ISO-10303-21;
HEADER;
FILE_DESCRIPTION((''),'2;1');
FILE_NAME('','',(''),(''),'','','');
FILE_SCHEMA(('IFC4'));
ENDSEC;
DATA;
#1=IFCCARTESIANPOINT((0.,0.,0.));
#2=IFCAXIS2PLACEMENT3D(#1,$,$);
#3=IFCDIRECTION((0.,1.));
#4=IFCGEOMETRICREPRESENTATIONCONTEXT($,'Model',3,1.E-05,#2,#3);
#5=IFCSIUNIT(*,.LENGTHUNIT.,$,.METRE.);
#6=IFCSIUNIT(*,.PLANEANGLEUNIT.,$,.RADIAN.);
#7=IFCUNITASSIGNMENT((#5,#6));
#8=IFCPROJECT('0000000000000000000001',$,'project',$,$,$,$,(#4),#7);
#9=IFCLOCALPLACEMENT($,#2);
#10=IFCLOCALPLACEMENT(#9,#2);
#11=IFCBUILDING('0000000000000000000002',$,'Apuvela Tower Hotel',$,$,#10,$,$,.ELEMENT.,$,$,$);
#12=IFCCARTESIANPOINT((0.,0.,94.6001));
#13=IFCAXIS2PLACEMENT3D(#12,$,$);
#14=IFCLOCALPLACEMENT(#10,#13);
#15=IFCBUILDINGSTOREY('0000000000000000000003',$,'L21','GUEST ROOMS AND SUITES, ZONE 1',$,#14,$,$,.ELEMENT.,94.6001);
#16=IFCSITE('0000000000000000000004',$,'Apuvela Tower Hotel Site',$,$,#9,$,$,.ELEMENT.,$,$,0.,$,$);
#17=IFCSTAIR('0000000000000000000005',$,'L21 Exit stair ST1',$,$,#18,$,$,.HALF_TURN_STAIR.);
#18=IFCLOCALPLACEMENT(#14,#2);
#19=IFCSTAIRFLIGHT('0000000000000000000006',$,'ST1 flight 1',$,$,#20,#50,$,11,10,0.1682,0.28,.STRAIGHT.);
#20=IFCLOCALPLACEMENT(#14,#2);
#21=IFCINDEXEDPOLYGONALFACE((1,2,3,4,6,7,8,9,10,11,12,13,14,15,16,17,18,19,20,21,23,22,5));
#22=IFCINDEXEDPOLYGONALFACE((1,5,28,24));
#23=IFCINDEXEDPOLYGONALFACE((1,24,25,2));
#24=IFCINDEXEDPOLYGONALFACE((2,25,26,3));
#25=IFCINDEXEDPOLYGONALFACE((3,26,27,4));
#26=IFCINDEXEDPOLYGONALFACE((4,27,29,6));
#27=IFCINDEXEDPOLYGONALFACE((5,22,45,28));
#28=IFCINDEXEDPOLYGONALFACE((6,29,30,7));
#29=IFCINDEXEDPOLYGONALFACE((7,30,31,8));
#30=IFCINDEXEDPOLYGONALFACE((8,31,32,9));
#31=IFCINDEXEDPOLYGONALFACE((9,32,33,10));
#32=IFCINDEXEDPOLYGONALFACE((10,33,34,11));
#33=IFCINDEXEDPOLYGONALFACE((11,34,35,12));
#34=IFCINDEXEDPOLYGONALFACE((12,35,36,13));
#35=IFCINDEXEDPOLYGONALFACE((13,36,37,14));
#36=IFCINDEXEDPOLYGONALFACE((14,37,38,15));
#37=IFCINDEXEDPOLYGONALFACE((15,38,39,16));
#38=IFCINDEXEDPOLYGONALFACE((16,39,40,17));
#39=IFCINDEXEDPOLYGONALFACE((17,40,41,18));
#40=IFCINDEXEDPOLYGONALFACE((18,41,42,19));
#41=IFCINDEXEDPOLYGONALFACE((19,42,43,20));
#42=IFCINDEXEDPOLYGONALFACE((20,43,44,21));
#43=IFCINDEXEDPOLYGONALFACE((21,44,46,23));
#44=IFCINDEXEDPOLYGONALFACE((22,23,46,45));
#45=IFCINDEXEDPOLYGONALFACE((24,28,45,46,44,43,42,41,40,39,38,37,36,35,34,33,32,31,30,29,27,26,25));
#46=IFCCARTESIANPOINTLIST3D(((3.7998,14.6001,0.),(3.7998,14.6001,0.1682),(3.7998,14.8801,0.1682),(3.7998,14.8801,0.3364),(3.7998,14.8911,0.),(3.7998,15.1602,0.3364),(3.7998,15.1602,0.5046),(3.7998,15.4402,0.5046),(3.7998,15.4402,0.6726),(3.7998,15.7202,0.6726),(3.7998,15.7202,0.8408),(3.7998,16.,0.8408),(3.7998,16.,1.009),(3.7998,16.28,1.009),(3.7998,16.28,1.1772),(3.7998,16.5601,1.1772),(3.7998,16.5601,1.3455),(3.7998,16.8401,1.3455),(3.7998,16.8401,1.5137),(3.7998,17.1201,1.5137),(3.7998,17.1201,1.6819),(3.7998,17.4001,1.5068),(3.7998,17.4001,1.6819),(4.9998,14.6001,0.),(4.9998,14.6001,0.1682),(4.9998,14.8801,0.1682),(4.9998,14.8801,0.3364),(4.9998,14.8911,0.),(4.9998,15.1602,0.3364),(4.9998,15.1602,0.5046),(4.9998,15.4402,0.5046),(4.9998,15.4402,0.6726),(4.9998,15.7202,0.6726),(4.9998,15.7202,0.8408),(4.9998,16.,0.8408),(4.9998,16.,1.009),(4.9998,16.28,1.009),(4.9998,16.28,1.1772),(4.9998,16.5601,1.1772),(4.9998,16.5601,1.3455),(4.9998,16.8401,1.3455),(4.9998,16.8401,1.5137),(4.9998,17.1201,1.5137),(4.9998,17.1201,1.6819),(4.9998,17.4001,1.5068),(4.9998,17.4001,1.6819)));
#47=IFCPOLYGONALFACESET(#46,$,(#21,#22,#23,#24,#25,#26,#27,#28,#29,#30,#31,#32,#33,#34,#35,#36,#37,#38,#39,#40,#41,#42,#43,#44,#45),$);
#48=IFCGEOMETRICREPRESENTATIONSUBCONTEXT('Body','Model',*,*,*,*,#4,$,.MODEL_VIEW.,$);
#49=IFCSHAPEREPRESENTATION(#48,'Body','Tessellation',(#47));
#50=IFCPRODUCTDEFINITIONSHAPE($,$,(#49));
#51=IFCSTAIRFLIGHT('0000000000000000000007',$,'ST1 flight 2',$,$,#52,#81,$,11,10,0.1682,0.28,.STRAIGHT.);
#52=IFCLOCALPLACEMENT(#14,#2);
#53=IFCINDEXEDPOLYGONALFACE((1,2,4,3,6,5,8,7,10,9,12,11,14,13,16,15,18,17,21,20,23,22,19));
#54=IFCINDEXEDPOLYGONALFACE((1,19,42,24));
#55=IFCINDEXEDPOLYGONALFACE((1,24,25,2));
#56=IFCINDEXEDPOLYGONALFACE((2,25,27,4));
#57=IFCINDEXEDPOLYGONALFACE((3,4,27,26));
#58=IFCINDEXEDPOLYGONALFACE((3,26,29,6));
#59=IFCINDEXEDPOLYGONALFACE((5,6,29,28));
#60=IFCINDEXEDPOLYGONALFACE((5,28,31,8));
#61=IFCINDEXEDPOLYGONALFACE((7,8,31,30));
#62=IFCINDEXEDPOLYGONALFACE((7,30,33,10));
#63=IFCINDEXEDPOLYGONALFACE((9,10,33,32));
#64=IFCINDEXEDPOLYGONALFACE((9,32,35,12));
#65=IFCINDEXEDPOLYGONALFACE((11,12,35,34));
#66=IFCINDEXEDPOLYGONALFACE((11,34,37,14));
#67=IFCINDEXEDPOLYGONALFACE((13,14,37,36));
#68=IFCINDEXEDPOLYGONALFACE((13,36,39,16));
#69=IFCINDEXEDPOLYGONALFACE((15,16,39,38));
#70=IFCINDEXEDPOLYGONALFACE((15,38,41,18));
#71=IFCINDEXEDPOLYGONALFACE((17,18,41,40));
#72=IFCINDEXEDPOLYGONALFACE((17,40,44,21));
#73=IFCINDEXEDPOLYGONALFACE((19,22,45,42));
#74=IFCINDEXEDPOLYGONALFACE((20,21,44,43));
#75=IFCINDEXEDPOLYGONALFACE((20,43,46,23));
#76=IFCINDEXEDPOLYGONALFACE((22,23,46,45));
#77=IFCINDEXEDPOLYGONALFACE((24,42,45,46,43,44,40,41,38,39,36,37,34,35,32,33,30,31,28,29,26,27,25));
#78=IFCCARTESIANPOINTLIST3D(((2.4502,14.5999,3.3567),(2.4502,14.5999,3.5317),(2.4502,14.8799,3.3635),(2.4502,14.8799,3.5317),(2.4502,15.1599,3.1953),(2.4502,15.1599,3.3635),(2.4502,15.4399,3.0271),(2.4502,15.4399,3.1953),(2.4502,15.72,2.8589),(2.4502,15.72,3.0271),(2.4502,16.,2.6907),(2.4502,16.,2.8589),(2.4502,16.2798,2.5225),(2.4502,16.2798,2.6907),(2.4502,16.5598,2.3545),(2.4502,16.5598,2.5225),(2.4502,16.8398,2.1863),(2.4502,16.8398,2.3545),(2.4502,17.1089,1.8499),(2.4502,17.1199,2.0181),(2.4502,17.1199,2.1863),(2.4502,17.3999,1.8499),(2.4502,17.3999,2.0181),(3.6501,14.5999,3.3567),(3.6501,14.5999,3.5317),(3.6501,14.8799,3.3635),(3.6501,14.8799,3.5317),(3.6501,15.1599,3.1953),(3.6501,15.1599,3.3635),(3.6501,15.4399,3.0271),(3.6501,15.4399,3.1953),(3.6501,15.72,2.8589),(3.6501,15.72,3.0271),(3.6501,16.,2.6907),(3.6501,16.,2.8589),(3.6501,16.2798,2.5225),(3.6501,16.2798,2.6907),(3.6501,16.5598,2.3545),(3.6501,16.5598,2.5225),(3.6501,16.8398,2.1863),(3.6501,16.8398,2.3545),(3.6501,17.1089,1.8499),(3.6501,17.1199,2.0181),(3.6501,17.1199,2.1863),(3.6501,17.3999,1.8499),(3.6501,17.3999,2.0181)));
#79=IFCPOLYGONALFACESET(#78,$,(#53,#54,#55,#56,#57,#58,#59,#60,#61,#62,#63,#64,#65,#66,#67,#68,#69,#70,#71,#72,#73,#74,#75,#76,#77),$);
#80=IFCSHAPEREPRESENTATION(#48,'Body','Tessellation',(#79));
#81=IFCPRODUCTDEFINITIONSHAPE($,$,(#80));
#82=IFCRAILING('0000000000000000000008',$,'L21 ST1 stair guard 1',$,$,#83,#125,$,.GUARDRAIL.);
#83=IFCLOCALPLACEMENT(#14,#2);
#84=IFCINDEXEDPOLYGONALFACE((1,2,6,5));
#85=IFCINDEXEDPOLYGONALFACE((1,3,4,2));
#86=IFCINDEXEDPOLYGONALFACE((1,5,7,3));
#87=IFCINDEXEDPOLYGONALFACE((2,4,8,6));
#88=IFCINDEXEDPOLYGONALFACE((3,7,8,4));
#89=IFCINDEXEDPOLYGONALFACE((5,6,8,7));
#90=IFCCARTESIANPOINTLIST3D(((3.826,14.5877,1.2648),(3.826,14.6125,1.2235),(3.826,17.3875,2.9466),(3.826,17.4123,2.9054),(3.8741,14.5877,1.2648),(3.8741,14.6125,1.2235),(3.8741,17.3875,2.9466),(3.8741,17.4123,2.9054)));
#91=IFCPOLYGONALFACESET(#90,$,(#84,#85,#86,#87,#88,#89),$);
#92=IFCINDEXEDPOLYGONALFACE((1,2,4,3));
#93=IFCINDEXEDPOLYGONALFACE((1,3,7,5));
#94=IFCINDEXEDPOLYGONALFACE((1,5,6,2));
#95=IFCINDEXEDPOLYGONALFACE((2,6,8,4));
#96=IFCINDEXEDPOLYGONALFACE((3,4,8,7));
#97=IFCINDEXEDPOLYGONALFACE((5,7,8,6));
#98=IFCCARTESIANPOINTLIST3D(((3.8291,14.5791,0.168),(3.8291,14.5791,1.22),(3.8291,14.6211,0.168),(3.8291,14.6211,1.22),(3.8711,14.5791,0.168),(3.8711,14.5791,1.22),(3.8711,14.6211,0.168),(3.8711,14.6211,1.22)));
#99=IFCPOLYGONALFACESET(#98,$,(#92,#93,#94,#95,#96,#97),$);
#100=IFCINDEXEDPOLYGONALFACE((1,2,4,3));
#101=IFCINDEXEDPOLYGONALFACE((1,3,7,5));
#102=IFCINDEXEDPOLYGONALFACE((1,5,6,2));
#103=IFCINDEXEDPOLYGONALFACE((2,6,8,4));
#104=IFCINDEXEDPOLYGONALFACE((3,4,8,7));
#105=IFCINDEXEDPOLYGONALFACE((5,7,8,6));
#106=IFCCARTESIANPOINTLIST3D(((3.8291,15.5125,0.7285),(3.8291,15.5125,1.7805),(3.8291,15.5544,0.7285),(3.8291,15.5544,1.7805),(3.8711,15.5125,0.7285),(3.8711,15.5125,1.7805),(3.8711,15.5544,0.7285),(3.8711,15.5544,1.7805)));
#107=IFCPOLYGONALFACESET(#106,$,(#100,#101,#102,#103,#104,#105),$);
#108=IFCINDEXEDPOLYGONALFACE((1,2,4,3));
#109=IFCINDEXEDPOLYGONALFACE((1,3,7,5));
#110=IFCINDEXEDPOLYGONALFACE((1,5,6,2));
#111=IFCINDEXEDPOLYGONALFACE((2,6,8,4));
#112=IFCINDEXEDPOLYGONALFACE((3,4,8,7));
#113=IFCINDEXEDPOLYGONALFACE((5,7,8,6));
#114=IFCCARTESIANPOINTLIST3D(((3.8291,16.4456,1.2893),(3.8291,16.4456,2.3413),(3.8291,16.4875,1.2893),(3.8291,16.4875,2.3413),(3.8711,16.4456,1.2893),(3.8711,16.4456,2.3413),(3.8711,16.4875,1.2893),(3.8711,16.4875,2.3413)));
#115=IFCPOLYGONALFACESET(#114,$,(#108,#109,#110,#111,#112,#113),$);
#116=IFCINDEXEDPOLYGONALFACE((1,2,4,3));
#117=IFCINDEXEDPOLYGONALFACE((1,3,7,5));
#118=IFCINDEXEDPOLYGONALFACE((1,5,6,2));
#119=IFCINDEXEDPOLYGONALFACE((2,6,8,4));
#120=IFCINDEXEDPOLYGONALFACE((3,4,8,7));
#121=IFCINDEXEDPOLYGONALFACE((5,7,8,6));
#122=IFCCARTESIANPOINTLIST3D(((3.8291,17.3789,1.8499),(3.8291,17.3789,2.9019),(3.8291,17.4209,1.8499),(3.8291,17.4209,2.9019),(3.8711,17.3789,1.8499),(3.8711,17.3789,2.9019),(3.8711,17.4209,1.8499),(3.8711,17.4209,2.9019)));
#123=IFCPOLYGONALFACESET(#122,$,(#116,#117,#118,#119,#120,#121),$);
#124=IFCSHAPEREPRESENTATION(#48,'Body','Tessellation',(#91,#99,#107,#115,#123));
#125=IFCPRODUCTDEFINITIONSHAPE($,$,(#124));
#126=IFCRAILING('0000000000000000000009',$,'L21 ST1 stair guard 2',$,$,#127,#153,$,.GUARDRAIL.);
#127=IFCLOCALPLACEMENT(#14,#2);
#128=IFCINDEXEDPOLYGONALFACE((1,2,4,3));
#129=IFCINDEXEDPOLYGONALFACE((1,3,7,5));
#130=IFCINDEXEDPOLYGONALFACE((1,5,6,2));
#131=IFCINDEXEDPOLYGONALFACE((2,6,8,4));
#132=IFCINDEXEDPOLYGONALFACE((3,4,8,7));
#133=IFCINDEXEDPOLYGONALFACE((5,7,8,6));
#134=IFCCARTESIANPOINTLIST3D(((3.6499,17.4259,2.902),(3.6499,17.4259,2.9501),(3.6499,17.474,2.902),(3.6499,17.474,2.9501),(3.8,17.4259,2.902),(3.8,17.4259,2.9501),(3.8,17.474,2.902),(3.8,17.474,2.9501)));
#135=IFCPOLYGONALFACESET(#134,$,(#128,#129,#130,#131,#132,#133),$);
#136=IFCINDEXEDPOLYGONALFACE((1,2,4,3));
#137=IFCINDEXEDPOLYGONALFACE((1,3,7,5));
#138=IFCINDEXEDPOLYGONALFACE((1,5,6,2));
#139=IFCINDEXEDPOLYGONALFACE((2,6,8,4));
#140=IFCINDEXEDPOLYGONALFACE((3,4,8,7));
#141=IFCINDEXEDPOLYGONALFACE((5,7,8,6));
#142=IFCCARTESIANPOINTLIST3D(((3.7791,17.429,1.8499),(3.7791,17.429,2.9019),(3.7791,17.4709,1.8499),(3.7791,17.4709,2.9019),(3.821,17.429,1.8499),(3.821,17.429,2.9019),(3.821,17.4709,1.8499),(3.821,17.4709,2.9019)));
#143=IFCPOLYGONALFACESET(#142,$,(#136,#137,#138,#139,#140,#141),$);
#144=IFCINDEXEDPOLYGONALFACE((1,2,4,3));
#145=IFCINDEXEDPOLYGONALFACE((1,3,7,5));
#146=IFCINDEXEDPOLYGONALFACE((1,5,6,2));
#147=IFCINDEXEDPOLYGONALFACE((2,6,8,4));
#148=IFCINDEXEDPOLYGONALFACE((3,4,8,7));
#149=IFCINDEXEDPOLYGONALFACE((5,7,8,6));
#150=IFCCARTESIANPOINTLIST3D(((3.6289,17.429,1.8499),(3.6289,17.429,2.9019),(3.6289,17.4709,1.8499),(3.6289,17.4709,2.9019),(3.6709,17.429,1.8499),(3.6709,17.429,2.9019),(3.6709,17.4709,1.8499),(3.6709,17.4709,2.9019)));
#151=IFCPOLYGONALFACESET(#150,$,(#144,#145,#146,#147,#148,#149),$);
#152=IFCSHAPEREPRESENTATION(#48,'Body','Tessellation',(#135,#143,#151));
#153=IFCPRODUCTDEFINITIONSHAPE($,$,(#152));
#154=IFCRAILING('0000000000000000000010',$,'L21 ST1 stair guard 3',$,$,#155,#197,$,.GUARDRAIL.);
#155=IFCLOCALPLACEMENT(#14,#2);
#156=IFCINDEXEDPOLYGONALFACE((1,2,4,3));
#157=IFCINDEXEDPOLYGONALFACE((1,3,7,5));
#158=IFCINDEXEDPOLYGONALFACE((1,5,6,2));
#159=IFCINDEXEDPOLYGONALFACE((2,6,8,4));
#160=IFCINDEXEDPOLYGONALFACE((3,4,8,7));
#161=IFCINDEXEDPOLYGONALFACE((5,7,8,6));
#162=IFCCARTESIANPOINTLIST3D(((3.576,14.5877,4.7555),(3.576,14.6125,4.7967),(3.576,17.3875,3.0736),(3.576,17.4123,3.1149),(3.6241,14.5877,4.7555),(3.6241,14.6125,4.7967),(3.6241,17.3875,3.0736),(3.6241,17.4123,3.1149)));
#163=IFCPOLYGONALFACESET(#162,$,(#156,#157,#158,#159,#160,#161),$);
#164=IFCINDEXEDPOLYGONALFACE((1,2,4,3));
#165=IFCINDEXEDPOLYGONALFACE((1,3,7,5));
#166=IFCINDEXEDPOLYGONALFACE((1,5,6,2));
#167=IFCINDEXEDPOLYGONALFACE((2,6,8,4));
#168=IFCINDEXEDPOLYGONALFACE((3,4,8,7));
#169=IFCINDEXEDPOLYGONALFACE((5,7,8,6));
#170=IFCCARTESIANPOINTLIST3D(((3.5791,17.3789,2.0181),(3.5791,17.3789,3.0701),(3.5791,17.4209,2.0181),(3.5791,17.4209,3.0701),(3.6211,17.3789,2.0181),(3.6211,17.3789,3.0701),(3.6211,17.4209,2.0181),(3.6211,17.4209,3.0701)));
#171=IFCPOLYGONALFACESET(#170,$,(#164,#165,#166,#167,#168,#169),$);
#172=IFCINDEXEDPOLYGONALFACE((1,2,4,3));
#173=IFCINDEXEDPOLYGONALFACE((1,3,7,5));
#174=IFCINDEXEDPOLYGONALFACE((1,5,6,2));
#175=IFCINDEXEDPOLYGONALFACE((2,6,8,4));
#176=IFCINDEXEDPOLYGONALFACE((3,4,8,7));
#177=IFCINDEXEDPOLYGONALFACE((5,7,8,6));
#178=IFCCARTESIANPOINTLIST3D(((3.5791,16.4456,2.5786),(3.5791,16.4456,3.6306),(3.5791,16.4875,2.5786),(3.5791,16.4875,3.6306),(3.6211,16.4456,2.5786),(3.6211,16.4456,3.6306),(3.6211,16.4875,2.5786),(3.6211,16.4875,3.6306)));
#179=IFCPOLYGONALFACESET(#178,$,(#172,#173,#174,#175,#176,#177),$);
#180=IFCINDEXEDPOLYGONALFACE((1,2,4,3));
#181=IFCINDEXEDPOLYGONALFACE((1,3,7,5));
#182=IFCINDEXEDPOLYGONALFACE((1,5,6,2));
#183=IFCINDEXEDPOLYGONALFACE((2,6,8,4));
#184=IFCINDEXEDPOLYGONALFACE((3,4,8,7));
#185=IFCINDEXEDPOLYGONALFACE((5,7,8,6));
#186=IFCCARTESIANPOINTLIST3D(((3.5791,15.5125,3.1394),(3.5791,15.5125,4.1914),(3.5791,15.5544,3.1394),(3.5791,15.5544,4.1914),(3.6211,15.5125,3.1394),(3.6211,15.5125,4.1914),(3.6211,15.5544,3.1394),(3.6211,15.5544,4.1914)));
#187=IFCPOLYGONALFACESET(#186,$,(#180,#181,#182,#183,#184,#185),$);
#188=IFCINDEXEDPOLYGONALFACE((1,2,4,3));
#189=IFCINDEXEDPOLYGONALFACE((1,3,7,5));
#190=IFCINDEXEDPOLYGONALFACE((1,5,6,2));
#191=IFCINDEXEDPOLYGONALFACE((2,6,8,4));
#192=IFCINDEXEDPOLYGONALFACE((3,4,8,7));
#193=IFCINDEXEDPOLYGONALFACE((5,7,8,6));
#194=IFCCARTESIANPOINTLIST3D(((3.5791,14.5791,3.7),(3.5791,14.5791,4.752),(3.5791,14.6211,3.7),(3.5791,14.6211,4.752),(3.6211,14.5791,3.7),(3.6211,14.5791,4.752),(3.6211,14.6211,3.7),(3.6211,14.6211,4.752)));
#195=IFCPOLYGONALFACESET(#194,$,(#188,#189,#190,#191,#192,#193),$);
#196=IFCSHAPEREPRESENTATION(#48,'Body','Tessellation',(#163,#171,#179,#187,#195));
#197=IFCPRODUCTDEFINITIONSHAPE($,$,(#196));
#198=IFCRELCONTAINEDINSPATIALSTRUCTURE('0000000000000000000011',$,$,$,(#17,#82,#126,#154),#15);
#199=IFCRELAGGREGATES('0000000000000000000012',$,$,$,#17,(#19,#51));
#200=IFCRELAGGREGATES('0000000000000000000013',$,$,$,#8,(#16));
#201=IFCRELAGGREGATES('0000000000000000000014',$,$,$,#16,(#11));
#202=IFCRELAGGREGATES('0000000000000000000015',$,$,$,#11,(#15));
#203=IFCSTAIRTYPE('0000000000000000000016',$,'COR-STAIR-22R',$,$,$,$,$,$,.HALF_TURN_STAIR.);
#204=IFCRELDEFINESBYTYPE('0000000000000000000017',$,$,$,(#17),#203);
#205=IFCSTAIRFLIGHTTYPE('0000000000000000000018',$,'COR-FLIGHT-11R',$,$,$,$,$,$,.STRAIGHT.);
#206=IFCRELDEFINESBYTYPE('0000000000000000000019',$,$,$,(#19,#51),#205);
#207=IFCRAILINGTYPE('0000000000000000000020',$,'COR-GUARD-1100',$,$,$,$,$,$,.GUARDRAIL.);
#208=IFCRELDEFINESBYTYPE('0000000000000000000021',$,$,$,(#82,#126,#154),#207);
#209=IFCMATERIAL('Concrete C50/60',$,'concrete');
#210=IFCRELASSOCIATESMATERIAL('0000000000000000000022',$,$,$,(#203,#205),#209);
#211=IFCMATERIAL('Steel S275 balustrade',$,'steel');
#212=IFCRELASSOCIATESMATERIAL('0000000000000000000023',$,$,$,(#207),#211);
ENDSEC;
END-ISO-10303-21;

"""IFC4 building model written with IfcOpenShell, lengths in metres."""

from ifc_helpers import new_model, si_unit, direction, frame, origin, origin_2d, place, context, subcontext, project, spatial, polyline, rectangle, outline, extrude, material, type_object, element, aggregate, save


model = new_model("IFC4")

# Units and contexts
model_context = context("Model", 3, precision=1e-05, world=origin(), true_north=direction((0.0, 1.0)))
body_context = subcontext(model_context, "Body", "Model", "MODEL_VIEW")
ifc_project = project(units=[si_unit("LENGTHUNIT", "METRE"), si_unit("PLANEANGLEUNIT", "RADIAN")], contexts=[model_context])

# Site, building, storey
site_placement = place(None, origin())
site = spatial("IfcSite", under=ifc_project, at=site_placement, Name="Apuvela Tower Hotel Site", CompositionType="ELEMENT", RefElevation=0.0)
building_placement = place(site_placement, origin())
building = spatial("IfcBuilding", under=site, at=building_placement, Name="Apuvela Tower Hotel", CompositionType="ELEMENT")
storey_placement = place(building_placement, frame((0.0, 0.0, 94.6001)))
storey = spatial("IfcBuildingStorey", under=building, at=storey_placement, Name="L21", Description="GUEST ROOMS AND SUITES, ZONE 1", CompositionType="ELEMENT", Elevation=94.6001)

# Shared definitions
ifc_material_1 = material(Name="Concrete C50/60", Category="concrete")

# Stair, stair flights
stair_type = type_object("IfcStairType", Name="COR-STAIR-22R", PredefinedType="HALF_TURN_STAIR", material=ifc_material_1)
stair_placement = place(storey_placement, origin())
stair = element("IfcStair", 1, at=stair_placement, inside=storey, type_object=stair_type, Name="L21 Exit stair ST1", PredefinedType="HALF_TURN_STAIR")
stair_flight_type = type_object("IfcStairFlightType", Name="COR-FLIGHT-11R", PredefinedType="STRAIGHT", material=ifc_material_1)
stair_flight_1_placement = place(storey_placement, frame((4.3999, 14.6001, 0.0), z_axis=(0.0, 0.0, 1.0), x_axis=(0.0, 1.0, 0.0)))
stair_flight_1 = element("IfcStairFlight", 2, at=stair_flight_1_placement, type_object=stair_flight_type, Name="ST1 flight 1", NumberOfRisers=11, NumberOfTreads=10, PredefinedType="STRAIGHT", RiserHeight=0.1682, TreadLength=0.28, context=body_context, shape_type="SweptSolid", body=[
    extrude(outline(polyline([(0.0, 0.0), (0.0, 0.1682), (0.28, 0.1682), (0.28, 0.3364), (0.5601, 0.3364), (0.5601, 0.5046), (0.8401, 0.5046), (0.8401, 0.6726), (1.1201, 0.6726), (1.1201, 0.8408), (1.3999, 0.8408), (1.3999, 1.009), (1.6799, 1.009), (1.6799, 1.1772), (1.96, 1.1772), (1.96, 1.3455), (2.24, 1.3455), (2.24, 1.5137), (2.52, 1.5137), (2.52, 1.6819), (2.8, 1.6819), (2.8, 1.8501), (2.8, 1.5068), (0.291, 0.0), (0.0, 0.0)])), frame((0.0, 0.6001, 0.0), z_axis=(0.0, -1.0, 0.0), x_axis=(1.0, 0.0, 0.0)), (0.0, 0.0, 1.0), 1.2),
])
stair_flight_2_placement = place(storey_placement, frame((3.05, 17.3999, 1.8499), z_axis=(0.0, 0.0, 1.0), x_axis=(0.0, -1.0, 0.0)))
stair_flight_2 = element("IfcStairFlight", 3, at=stair_flight_2_placement, type_object=stair_flight_type, Name="ST1 flight 2", NumberOfRisers=11, NumberOfTreads=10, PredefinedType="STRAIGHT", RiserHeight=0.1682, TreadLength=0.28, context=body_context, shape_type="SweptSolid", body=[
    extrude(outline(polyline([(0.0, 0.0), (0.0, 0.1682), (0.28, 0.1682), (0.28, 0.3364), (0.5601, 0.3364), (0.5601, 0.5046), (0.8401, 0.5046), (0.8401, 0.6726), (1.1201, 0.6726), (1.1201, 0.8408), (1.3999, 0.8408), (1.3999, 1.009), (1.6799, 1.009), (1.6799, 1.1772), (1.96, 1.1772), (1.96, 1.3455), (2.24, 1.3455), (2.24, 1.5137), (2.52, 1.5137), (2.52, 1.6819), (2.8, 1.6819), (2.8, 1.8501), (2.8, 1.5068), (0.291, 0.0), (0.0, 0.0)])), frame((0.0, 0.6001, 0.0), z_axis=(0.0, -1.0, 0.0), x_axis=(1.0, 0.0, 0.0)), (0.0, 0.0, 1.0), 1.2),
])
aggregate(stair, [stair_flight_1, stair_flight_2])

# Railings
ifc_material_2 = material(Name="Steel S275 balustrade", Category="steel")
railing_type_1 = type_object("IfcRailingType", Name="COR-GUARD-1100", PredefinedType="GUARDRAIL", material=ifc_material_2)
railing_1_placement = place(storey_placement, frame((3.8501, 14.6001, 0.168)))
element("IfcRailing", 4, at=railing_1_placement, inside=storey, type_object=railing_type_1, Name="L21 ST1 stair guard 1", PredefinedType="GUARDRAIL", context=body_context, shape_type="SweptSolid", body=[
    extrude(rectangle(XDim=0.0481, YDim=0.0481, at=origin_2d()), frame((0.0, 0.0, 1.0762), z_axis=(0.0, 0.857222, 0.514946), x_axis=(-1.0, 0.0, 0.0)), (0.0, 0.0, 1.0), 3.2661),
    extrude(rectangle(XDim=0.042, YDim=0.042, at=origin_2d()), origin(), (0.0, 0.0, 1.0), 1.052),
    extrude(rectangle(XDim=0.042, YDim=0.042, at=origin_2d()), frame((0.0, 0.9333, 0.5605)), (0.0, 0.0, 1.0), 1.052),
    extrude(rectangle(XDim=0.042, YDim=0.042, at=origin_2d()), frame((0.0, 1.8665, 1.1213)), (0.0, 0.0, 1.0), 1.052),
    extrude(rectangle(XDim=0.042, YDim=0.042, at=origin_2d()), frame((0.0, 2.7998, 1.6819)), (0.0, 0.0, 1.0), 1.052),
])
railing_2_placement = place(storey_placement, frame((3.8, 17.45, 1.8499)))
element("IfcRailing", 5, at=railing_2_placement, inside=storey, type_object=railing_type_1, Name="L21 ST1 stair guard 2", PredefinedType="GUARDRAIL", context=body_context, shape_type="SweptSolid", body=[
    extrude(rectangle(XDim=0.0481, YDim=0.0481, at=origin_2d()), frame((0.0, 0.0, 1.0762), z_axis=(-1.0, 0.0, 0.0), x_axis=(0.0, -1.0, 0.0)), (0.0, 0.0, 1.0), 0.1501),
    extrude(rectangle(XDim=0.042, YDim=0.042, at=origin_2d()), origin(), (0.0, 0.0, 1.0), 1.052),
    extrude(rectangle(XDim=0.042, YDim=0.042, at=origin_2d()), frame((-0.1501, 0.0, 0.0)), (0.0, 0.0, 1.0), 1.052),
])
railing_3_placement = place(storey_placement, frame((3.6001, 17.3999, 2.0181)))
element("IfcRailing", 6, at=railing_3_placement, inside=storey, type_object=railing_type_1, Name="L21 ST1 stair guard 3", PredefinedType="GUARDRAIL", context=body_context, shape_type="SweptSolid", body=[
    extrude(rectangle(XDim=0.0481, YDim=0.0481, at=origin_2d()), frame((0.0, 0.0, 1.0762), z_axis=(0.0, -0.857222, 0.514946), x_axis=(1.0, 0.0, 0.0)), (0.0, 0.0, 1.0), 3.2661),
    extrude(rectangle(XDim=0.042, YDim=0.042, at=origin_2d()), origin(), (0.0, 0.0, 1.0), 1.052),
    extrude(rectangle(XDim=0.042, YDim=0.042, at=origin_2d()), frame((0.0, -0.9333, 0.5605)), (0.0, 0.0, 1.0), 1.052),
    extrude(rectangle(XDim=0.042, YDim=0.042, at=origin_2d()), frame((0.0, -1.8665, 1.1213)), (0.0, 0.0, 1.0), 1.052),
    extrude(rectangle(XDim=0.042, YDim=0.042, at=origin_2d()), frame((0.0, -2.7998, 1.6819)), (0.0, 0.0, 1.0), 1.052),
])

save(model, "model.ifc")
